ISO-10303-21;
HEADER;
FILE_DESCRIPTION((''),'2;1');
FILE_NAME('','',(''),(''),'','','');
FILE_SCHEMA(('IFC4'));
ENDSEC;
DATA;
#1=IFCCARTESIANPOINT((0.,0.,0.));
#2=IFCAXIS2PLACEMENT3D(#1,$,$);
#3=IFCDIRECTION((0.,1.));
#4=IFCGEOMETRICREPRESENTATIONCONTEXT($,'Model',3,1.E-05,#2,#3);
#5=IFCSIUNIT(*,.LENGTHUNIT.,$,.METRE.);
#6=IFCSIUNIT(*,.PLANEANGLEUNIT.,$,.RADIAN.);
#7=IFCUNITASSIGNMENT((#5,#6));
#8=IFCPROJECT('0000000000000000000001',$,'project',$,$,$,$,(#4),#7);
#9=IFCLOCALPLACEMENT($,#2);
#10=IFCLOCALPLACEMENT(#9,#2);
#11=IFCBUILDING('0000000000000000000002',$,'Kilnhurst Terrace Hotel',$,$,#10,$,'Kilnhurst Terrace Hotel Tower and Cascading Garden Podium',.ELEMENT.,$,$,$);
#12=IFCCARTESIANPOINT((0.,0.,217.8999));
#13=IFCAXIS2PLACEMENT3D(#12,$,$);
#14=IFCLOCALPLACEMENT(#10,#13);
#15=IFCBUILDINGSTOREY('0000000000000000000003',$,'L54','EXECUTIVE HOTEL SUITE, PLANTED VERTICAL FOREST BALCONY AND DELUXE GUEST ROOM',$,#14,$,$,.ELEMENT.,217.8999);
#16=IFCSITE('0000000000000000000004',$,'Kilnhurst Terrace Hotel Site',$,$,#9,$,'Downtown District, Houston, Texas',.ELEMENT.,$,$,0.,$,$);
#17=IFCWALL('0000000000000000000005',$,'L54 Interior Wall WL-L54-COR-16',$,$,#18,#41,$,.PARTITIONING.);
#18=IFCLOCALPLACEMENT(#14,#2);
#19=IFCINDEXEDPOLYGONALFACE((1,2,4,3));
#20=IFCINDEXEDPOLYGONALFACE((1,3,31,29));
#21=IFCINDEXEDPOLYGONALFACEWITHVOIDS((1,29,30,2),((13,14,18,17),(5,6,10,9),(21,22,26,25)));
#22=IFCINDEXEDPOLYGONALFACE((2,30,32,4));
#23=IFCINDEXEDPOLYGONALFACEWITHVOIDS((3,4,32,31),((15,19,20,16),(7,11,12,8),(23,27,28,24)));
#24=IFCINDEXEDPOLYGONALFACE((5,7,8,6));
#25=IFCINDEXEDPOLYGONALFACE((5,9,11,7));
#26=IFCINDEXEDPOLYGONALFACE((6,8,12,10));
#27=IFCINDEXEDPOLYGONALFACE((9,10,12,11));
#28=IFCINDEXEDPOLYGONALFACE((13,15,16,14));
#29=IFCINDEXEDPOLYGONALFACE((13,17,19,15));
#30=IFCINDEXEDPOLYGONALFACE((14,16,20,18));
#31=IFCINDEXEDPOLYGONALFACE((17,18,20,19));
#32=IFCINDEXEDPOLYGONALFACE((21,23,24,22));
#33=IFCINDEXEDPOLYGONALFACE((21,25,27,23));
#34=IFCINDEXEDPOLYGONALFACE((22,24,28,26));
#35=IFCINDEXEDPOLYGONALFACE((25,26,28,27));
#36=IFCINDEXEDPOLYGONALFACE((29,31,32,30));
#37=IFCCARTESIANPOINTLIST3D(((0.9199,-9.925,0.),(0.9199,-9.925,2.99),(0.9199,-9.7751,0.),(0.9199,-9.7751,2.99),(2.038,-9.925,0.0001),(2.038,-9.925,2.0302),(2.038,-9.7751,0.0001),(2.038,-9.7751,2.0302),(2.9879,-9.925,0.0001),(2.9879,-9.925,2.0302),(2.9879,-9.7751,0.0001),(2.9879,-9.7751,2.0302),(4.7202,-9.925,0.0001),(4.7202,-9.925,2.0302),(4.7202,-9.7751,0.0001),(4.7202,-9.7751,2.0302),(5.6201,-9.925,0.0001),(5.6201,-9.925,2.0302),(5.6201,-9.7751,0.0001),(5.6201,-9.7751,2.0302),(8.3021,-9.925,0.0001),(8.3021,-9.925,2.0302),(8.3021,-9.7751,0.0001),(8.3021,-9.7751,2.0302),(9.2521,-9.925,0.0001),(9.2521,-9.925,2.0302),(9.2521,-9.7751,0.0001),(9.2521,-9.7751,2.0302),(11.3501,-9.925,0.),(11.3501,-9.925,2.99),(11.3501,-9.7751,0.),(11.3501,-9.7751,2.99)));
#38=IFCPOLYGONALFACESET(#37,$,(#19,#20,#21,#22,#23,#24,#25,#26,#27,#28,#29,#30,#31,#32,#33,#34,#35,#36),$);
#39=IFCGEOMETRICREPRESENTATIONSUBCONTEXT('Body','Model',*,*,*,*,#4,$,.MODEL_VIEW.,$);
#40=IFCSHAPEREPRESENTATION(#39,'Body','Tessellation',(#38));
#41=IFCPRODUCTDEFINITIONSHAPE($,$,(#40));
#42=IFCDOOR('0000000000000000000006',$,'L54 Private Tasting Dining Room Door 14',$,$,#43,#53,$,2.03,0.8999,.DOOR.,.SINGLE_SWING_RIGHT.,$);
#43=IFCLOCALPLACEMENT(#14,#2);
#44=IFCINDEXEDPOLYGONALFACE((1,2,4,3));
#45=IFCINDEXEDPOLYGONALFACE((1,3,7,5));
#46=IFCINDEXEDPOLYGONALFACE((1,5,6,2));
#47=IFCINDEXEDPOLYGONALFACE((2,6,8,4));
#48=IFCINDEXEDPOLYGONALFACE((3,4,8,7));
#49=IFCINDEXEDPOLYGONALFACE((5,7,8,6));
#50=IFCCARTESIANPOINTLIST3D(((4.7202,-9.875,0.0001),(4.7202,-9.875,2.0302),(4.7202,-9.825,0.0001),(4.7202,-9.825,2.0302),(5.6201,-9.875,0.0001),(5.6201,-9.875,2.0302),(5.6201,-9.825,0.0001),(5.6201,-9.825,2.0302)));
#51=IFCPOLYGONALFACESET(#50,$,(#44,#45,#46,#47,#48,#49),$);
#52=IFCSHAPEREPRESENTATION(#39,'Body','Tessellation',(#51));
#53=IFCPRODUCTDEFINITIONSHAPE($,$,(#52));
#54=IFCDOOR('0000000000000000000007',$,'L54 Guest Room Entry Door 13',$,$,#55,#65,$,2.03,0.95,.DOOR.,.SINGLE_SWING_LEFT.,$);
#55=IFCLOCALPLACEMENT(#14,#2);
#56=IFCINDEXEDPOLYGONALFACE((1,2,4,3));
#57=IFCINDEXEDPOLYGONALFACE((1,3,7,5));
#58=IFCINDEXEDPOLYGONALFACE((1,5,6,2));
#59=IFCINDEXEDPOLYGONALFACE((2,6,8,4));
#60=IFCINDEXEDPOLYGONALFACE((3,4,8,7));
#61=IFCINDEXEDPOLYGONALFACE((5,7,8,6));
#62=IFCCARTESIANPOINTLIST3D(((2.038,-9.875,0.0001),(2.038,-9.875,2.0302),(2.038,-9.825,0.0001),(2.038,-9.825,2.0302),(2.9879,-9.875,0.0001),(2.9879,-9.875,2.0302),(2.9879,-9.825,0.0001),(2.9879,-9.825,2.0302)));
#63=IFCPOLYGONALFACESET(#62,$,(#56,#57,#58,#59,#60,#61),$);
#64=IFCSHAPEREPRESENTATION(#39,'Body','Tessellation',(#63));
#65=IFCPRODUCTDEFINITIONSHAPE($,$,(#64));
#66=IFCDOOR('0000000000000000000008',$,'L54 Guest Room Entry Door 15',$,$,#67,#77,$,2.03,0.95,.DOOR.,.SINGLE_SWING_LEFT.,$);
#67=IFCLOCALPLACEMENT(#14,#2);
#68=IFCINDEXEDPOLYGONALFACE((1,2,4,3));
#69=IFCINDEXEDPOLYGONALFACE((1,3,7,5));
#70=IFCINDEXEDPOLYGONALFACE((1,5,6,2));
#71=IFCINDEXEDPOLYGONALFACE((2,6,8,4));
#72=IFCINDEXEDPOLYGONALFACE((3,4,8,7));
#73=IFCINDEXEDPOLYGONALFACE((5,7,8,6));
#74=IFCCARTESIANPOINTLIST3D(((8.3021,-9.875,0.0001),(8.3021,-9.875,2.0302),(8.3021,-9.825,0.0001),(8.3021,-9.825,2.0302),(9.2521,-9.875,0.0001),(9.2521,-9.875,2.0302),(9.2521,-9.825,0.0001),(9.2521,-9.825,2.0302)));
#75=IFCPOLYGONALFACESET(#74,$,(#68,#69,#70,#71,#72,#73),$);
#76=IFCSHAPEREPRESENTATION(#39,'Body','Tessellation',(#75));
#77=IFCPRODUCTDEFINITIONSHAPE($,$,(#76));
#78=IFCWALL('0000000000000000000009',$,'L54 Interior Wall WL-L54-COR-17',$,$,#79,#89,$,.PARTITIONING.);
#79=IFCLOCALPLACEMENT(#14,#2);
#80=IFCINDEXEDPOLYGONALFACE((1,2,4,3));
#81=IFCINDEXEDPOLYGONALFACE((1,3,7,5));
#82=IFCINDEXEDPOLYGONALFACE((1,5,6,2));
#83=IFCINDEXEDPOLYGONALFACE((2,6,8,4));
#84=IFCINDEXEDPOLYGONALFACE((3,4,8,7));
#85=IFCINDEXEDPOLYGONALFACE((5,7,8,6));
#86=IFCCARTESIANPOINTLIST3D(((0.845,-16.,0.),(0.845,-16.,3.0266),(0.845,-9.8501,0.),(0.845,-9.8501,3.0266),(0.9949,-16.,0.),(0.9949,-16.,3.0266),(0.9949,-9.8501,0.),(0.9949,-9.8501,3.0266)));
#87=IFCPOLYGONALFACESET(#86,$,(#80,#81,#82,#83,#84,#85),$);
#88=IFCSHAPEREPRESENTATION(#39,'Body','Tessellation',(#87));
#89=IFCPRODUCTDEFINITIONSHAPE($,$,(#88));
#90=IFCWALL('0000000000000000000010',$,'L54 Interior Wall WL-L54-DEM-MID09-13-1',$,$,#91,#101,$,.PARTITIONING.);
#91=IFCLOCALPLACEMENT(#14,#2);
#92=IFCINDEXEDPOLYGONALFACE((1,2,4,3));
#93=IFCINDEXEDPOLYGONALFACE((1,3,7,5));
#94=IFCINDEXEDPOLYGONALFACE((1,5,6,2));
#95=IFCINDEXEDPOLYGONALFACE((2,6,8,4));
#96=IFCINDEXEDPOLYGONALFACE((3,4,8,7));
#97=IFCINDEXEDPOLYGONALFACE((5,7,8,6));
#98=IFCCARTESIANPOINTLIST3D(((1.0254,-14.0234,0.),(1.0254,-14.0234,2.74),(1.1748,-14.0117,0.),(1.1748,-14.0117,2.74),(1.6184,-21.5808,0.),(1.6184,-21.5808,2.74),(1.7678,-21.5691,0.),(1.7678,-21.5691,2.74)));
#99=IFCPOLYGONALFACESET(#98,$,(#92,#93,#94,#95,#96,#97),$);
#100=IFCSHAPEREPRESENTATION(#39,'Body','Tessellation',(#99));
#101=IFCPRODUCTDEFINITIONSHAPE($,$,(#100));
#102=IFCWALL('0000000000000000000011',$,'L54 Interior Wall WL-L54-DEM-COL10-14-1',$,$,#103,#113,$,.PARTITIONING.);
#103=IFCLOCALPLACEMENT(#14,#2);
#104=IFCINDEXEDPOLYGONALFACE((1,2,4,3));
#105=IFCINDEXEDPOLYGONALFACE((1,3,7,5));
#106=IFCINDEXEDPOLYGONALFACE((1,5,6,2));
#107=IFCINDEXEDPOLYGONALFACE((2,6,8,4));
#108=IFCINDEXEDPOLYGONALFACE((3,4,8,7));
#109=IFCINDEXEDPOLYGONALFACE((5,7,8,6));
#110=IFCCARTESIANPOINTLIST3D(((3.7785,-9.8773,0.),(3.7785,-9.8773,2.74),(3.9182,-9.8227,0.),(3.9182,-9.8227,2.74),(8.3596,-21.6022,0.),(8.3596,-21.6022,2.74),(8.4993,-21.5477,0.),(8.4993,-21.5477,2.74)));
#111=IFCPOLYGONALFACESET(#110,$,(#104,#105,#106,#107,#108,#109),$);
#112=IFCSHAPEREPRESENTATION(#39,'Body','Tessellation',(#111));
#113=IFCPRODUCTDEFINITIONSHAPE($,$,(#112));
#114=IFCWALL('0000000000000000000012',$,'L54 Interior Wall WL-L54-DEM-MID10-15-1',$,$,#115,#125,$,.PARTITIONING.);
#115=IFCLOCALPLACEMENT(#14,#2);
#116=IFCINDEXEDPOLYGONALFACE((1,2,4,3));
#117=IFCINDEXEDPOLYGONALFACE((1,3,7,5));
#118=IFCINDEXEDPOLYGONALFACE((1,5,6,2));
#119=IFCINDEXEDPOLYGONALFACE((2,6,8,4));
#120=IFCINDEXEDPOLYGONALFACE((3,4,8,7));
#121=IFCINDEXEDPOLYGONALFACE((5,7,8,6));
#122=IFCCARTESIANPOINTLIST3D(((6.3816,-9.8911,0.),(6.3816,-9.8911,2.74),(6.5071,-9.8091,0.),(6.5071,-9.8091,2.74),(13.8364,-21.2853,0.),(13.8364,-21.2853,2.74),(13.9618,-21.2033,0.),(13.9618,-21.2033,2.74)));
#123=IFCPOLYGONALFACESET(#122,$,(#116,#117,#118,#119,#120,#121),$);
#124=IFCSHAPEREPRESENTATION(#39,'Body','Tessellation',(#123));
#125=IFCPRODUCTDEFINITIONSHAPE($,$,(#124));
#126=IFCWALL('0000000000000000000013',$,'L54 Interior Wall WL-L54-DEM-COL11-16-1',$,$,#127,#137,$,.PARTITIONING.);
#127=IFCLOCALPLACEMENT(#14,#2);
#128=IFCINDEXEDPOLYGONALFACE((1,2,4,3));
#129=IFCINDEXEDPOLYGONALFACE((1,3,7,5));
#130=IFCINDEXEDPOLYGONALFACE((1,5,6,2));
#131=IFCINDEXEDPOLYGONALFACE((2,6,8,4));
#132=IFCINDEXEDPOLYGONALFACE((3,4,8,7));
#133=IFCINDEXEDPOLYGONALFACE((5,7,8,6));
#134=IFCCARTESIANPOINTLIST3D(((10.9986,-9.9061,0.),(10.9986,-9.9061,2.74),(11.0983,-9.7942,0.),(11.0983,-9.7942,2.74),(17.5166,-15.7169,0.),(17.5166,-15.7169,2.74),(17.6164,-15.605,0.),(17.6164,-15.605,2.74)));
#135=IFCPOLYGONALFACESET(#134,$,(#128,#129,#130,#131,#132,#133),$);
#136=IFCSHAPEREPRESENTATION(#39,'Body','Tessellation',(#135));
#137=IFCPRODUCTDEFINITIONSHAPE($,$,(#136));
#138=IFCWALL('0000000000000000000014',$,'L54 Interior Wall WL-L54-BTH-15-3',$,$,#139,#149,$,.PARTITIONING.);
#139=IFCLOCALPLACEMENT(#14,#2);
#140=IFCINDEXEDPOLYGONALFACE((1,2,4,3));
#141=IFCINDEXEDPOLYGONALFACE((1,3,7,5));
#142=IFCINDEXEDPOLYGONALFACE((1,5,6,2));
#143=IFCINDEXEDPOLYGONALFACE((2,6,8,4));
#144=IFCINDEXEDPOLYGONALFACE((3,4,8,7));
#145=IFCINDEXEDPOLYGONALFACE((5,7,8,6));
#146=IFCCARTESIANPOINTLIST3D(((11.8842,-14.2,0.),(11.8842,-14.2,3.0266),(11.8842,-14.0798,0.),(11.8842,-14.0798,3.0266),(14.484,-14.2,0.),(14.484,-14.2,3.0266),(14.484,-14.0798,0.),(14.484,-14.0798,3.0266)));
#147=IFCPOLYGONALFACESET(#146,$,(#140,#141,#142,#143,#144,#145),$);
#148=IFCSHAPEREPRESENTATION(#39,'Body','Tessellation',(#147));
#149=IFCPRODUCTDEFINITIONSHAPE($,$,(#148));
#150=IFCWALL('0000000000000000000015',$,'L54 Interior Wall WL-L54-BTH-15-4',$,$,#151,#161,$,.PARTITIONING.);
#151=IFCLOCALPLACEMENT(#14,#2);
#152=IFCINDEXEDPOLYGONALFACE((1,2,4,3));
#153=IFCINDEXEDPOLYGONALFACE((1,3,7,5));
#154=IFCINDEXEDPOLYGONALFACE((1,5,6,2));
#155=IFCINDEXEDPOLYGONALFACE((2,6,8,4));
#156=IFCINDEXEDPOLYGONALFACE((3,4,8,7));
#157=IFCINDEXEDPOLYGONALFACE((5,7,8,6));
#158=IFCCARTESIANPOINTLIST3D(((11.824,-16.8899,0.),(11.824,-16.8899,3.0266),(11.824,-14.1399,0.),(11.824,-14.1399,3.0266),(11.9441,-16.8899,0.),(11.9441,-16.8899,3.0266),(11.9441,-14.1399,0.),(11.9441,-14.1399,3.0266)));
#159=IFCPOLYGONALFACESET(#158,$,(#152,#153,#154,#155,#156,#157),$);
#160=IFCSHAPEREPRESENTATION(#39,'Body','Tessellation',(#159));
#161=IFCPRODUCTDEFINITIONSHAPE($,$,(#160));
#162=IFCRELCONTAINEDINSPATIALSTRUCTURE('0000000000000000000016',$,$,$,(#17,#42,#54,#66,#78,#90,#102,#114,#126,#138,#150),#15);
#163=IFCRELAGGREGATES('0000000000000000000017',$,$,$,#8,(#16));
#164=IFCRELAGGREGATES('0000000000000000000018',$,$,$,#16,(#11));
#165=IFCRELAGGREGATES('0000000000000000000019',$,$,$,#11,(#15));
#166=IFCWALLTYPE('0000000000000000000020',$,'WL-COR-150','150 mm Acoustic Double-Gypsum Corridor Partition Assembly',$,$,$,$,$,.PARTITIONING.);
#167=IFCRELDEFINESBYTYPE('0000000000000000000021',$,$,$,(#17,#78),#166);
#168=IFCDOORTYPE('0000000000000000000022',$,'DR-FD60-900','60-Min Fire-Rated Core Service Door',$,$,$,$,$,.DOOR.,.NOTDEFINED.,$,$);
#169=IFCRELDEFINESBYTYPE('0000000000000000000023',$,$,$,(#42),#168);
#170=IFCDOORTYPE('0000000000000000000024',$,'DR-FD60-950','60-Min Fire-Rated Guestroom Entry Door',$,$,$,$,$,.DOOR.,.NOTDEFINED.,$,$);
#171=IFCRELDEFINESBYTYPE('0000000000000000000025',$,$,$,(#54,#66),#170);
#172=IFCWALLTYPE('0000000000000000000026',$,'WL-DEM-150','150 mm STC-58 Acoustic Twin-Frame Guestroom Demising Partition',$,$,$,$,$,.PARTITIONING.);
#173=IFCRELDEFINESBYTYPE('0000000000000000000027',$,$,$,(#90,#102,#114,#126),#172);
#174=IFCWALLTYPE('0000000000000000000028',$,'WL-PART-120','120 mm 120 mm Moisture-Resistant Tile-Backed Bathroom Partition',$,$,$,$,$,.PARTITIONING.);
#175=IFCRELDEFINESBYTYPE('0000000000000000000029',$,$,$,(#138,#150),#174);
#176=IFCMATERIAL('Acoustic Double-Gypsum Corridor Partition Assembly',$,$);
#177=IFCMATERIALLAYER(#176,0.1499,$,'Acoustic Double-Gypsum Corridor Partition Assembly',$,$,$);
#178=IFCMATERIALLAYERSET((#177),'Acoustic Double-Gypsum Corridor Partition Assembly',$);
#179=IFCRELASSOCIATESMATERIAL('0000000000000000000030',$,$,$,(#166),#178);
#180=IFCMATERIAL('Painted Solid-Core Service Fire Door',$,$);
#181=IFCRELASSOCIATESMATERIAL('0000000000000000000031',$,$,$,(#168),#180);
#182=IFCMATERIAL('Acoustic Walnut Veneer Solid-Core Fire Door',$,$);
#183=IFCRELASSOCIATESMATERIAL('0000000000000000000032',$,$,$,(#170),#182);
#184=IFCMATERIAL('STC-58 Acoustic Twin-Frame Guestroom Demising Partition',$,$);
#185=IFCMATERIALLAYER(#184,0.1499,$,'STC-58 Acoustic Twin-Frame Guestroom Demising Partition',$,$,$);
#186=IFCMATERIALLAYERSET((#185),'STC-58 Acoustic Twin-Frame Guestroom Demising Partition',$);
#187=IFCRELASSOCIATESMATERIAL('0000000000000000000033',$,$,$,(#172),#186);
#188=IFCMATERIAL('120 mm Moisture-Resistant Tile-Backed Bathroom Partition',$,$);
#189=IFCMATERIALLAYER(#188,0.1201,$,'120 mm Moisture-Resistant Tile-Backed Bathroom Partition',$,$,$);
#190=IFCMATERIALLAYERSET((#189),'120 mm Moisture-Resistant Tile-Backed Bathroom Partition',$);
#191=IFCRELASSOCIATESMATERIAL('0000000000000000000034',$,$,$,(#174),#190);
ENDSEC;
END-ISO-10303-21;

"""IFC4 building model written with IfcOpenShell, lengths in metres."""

from ifc_helpers import new_model, si_unit, direction, frame, frame_2d, origin, place, context, subcontext, project, spatial, rectangle, extrude, material, layer, layer_set, type_object, element, fill, save


model = new_model("IFC4")

# Units and contexts
model_context = context("Model", 3, precision=1e-05, world=origin(), true_north=direction((0.0, 1.0)))
body_context = subcontext(model_context, "Body", "Model", "MODEL_VIEW")
ifc_project = project(units=[si_unit("LENGTHUNIT", "METRE"), si_unit("PLANEANGLEUNIT", "RADIAN")], contexts=[model_context])

# Site, building, storey
site_placement = place(None, origin())
site = spatial("IfcSite", under=ifc_project, at=site_placement, Name="Kilnhurst Terrace Hotel Site", LongName="Downtown District, Houston, Texas", CompositionType="ELEMENT", RefElevation=0.0)
building_placement = place(site_placement, origin())
building = spatial("IfcBuilding", under=site, at=building_placement, Name="Kilnhurst Terrace Hotel", LongName="Kilnhurst Terrace Hotel Tower and Cascading Garden Podium", CompositionType="ELEMENT")
storey_placement = place(building_placement, frame((0.0, 0.0, 217.8999)))
storey = spatial("IfcBuildingStorey", under=building, at=storey_placement, Name="L54", Description="EXECUTIVE HOTEL SUITE, PLANTED VERTICAL FOREST BALCONY AND DELUXE GUEST ROOM", CompositionType="ELEMENT", Elevation=217.8999)

# Wall, openings, doors
ifc_material_1 = material(Name="Acoustic Double-Gypsum Corridor Partition Assembly")
ifc_layer_1 = layer(ifc_material_1, 0.1499, Name="Acoustic Double-Gypsum Corridor Partition Assembly")
ifc_layer_set_1 = layer_set([ifc_layer_1], Name="Acoustic Double-Gypsum Corridor Partition Assembly")
wall_type_1 = type_object("IfcWallType", Name="WL-COR-150", Description="150 mm Acoustic Double-Gypsum Corridor Partition Assembly", PredefinedType="PARTITIONING", material=ifc_layer_set_1)
wall_1_placement = place(storey_placement, frame((11.3501, -9.8501, 0.0), z_axis=(0.0, 0.0, 1.0), x_axis=(-1.0, 0.0, 0.0)))
wall_1 = element("IfcWall", 1, at=wall_1_placement, inside=storey, type_object=wall_type_1, Name="L54 Interior Wall WL-L54-COR-16", PredefinedType="PARTITIONING", context=body_context, shape_type="SweptSolid", body=[
    extrude(rectangle(XDim=10.4302, YDim=0.1499, at=frame_2d((5.2151, 0.0))), origin(), (0.0, 0.0, 1.0), 2.99),
])
opening_1_placement = place(wall_1_placement, frame((8.3621, 0.0, 0.0)))
opening_1 = element("IfcOpeningElement", 2, at=opening_1_placement, cuts=wall_1, PredefinedType="OPENING", context=body_context, shape_type="SweptSolid", body=[
    extrude(rectangle(XDim=0.95, YDim=2.03, at=frame_2d((0.4751, 1.0151))), frame((0.0, 0.085, 0.0), z_axis=(0.0, -1.0, 0.0), x_axis=(1.0, 0.0, 0.0)), (0.0, 0.0, 1.0), 0.1699),
])
opening_2_placement = place(wall_1_placement, frame((5.73, 0.0, 0.0)))
opening_2 = element("IfcOpeningElement", 3, at=opening_2_placement, cuts=wall_1, PredefinedType="OPENING", context=body_context, shape_type="SweptSolid", body=[
    extrude(rectangle(XDim=0.8999, YDim=2.03, at=frame_2d((0.45, 1.0151))), frame((0.0, 0.085, 0.0), z_axis=(0.0, -1.0, 0.0), x_axis=(1.0, 0.0, 0.0)), (0.0, 0.0, 1.0), 0.1699),
])
opening_3_placement = place(wall_1_placement, frame((2.0979, 0.0, 0.0)))
opening_3 = element("IfcOpeningElement", 4, at=opening_3_placement, cuts=wall_1, PredefinedType="OPENING", context=body_context, shape_type="SweptSolid", body=[
    extrude(rectangle(XDim=0.95, YDim=2.03, at=frame_2d((0.4751, 1.0151))), frame((0.0, 0.085, 0.0), z_axis=(0.0, -1.0, 0.0), x_axis=(1.0, 0.0, 0.0)), (0.0, 0.0, 1.0), 0.1699),
])
ifc_material_2 = material(Name="Painted Solid-Core Service Fire Door")
door_type_1 = type_object("IfcDoorType", Name="DR-FD60-900", Description="60-Min Fire-Rated Core Service Door", OperationType="NOTDEFINED", PredefinedType="DOOR", material=ifc_material_2)
door_1_placement = place(opening_2_placement, origin())
door_1 = element("IfcDoor", 5, at=door_1_placement, inside=storey, type_object=door_type_1, Name="L54 Private Tasting Dining Room Door 14", OperationType="SINGLE_SWING_RIGHT", OverallHeight=2.03, OverallWidth=0.8999, PredefinedType="DOOR", context=body_context, shape_type="SweptSolid", body=[
    extrude(rectangle(XDim=0.8999, YDim=2.03, at=frame_2d((0.45, 1.0151))), frame((0.0, 0.0249, 0.0), z_axis=(0.0, -1.0, 0.0), x_axis=(1.0, 0.0, 0.0)), (0.0, 0.0, 1.0), 0.05),
])
fill(opening_2, door_1)
ifc_material_3 = material(Name="Acoustic Walnut Veneer Solid-Core Fire Door")
door_type_2 = type_object("IfcDoorType", Name="DR-FD60-950", Description="60-Min Fire-Rated Guestroom Entry Door", OperationType="NOTDEFINED", PredefinedType="DOOR", material=ifc_material_3)
door_2_placement = place(opening_1_placement, origin())
door_2 = element("IfcDoor", 6, at=door_2_placement, inside=storey, type_object=door_type_2, Name="L54 Guest Room Entry Door 13", OperationType="SINGLE_SWING_LEFT", OverallHeight=2.03, OverallWidth=0.95, PredefinedType="DOOR", context=body_context, shape_type="SweptSolid", body=[
    extrude(rectangle(XDim=0.95, YDim=2.03, at=frame_2d((0.4751, 1.0151))), frame((0.0, 0.0249, 0.0), z_axis=(0.0, -1.0, 0.0), x_axis=(1.0, 0.0, 0.0)), (0.0, 0.0, 1.0), 0.05),
])
fill(opening_1, door_2)
door_3_placement = place(opening_3_placement, origin())
door_3 = element("IfcDoor", 7, at=door_3_placement, inside=storey, type_object=door_type_2, Name="L54 Guest Room Entry Door 15", OperationType="SINGLE_SWING_LEFT", OverallHeight=2.03, OverallWidth=0.95, PredefinedType="DOOR", context=body_context, shape_type="SweptSolid", body=[
    extrude(rectangle(XDim=0.95, YDim=2.03, at=frame_2d((0.4751, 1.0151))), frame((0.0, 0.0249, 0.0), z_axis=(0.0, -1.0, 0.0), x_axis=(1.0, 0.0, 0.0)), (0.0, 0.0, 1.0), 0.05),
])
fill(opening_3, door_3)

# Walls
wall_2_placement = place(storey_placement, frame((0.9199, -9.8501, 0.0), z_axis=(0.0, 0.0, 1.0), x_axis=(0.0, -1.0, 0.0)))
element("IfcWall", 8, at=wall_2_placement, inside=storey, type_object=wall_type_1, Name="L54 Interior Wall WL-L54-COR-17", PredefinedType="PARTITIONING", context=body_context, shape_type="SweptSolid", body=[
    extrude(rectangle(XDim=6.1499, YDim=0.1499, at=frame_2d((3.075, 0.0))), origin(), (0.0, 0.0, 1.0), 3.0266),
])
ifc_material_4 = material(Name="STC-58 Acoustic Twin-Frame Guestroom Demising Partition")
ifc_layer_2 = layer(ifc_material_4, 0.1499, Name="STC-58 Acoustic Twin-Frame Guestroom Demising Partition")
ifc_layer_set_2 = layer_set([ifc_layer_2], Name="STC-58 Acoustic Twin-Frame Guestroom Demising Partition")
wall_type_2 = type_object("IfcWallType", Name="WL-DEM-150", Description="150 mm STC-58 Acoustic Twin-Frame Guestroom Demising Partition", PredefinedType="PARTITIONING", material=ifc_layer_set_2)
wall_3_placement = place(storey_placement, frame((1.1001, -14.0176, 0.0), z_axis=(0.0, 0.0, 1.0), x_axis=(0.078228, -0.996935, 0.0)))
element("IfcWall", 9, at=wall_3_placement, inside=storey, type_object=wall_type_2, Name="L54 Interior Wall WL-L54-DEM-MID09-13-1", PredefinedType="PARTITIONING", context=body_context, shape_type="SweptSolid", body=[
    extrude(rectangle(XDim=7.5806, YDim=0.1499, at=frame_2d((3.7903, 0.0))), origin(), (0.0, 0.0, 1.0), 2.74),
])
wall_4_placement = place(storey_placement, frame((3.8484, -9.8501, 0.0), z_axis=(0.0, 0.0, 1.0), x_axis=(0.363922, -0.93143, 0.0)))
element("IfcWall", 10, at=wall_4_placement, inside=storey, type_object=wall_type_2, Name="L54 Interior Wall WL-L54-DEM-COL10-14-1", PredefinedType="PARTITIONING", context=body_context, shape_type="SweptSolid", body=[
    extrude(rectangle(XDim=12.5881, YDim=0.1499, at=frame_2d((6.2939, 0.0))), origin(), (0.0, 0.0, 1.0), 2.74),
])
wall_5_placement = place(storey_placement, frame((6.4443, -9.8501, 0.0), z_axis=(0.0, 0.0, 1.0), x_axis=(0.547492, -0.836811, 0.0)))
element("IfcWall", 11, at=wall_5_placement, inside=storey, type_object=wall_type_2, Name="L54 Interior Wall WL-L54-DEM-MID10-15-1", PredefinedType="PARTITIONING", context=body_context, shape_type="SweptSolid", body=[
    extrude(rectangle(XDim=13.6162, YDim=0.1499, at=frame_2d((6.8081, 0.0))), origin(), (0.0, 0.0, 1.0), 2.74),
])
wall_6_placement = place(storey_placement, frame((11.0483, -9.8501, 0.0), z_axis=(0.0, 0.0, 1.0), x_axis=(0.746444, -0.665448, 0.0)))
element("IfcWall", 12, at=wall_6_placement, inside=storey, type_object=wall_type_2, Name="L54 Interior Wall WL-L54-DEM-COL11-16-1", PredefinedType="PARTITIONING", context=body_context, shape_type="SweptSolid", body=[
    extrude(rectangle(XDim=8.7322, YDim=0.1499, at=frame_2d((4.3662, 0.0))), origin(), (0.0, 0.0, 1.0), 2.74),
])
ifc_material_5 = material(Name="120 mm Moisture-Resistant Tile-Backed Bathroom Partition")
ifc_layer_3 = layer(ifc_material_5, 0.1201, Name="120 mm Moisture-Resistant Tile-Backed Bathroom Partition")
ifc_layer_set_3 = layer_set([ifc_layer_3], Name="120 mm Moisture-Resistant Tile-Backed Bathroom Partition")
wall_type_3 = type_object("IfcWallType", Name="WL-PART-120", Description="120 mm 120 mm Moisture-Resistant Tile-Backed Bathroom Partition", PredefinedType="PARTITIONING", material=ifc_layer_set_3)
wall_7_placement = place(storey_placement, frame((14.4839, -14.1399, 0.0), z_axis=(0.0, 0.0, 1.0), x_axis=(-1.0, 0.0, 0.0)))
element("IfcWall", 13, at=wall_7_placement, inside=storey, type_object=wall_type_3, Name="L54 Interior Wall WL-L54-BTH-15-3", PredefinedType="PARTITIONING", context=body_context, shape_type="SweptSolid", body=[
    extrude(rectangle(XDim=2.5999, YDim=0.1201, at=frame_2d((1.2998, 0.0))), origin(), (0.0, 0.0, 1.0), 3.0266),
])
wall_8_placement = place(storey_placement, frame((11.884, -14.1399, 0.0), z_axis=(0.0, 0.0, 1.0), x_axis=(0.0, -1.0, 0.0)))
element("IfcWall", 14, at=wall_8_placement, inside=storey, type_object=wall_type_3, Name="L54 Interior Wall WL-L54-BTH-15-4", PredefinedType="PARTITIONING", context=body_context, shape_type="SweptSolid", body=[
    extrude(rectangle(XDim=2.75, YDim=0.1201, at=frame_2d((1.375, 0.0))), origin(), (0.0, 0.0, 1.0), 3.0266),
])

save(model, "model.ifc")
